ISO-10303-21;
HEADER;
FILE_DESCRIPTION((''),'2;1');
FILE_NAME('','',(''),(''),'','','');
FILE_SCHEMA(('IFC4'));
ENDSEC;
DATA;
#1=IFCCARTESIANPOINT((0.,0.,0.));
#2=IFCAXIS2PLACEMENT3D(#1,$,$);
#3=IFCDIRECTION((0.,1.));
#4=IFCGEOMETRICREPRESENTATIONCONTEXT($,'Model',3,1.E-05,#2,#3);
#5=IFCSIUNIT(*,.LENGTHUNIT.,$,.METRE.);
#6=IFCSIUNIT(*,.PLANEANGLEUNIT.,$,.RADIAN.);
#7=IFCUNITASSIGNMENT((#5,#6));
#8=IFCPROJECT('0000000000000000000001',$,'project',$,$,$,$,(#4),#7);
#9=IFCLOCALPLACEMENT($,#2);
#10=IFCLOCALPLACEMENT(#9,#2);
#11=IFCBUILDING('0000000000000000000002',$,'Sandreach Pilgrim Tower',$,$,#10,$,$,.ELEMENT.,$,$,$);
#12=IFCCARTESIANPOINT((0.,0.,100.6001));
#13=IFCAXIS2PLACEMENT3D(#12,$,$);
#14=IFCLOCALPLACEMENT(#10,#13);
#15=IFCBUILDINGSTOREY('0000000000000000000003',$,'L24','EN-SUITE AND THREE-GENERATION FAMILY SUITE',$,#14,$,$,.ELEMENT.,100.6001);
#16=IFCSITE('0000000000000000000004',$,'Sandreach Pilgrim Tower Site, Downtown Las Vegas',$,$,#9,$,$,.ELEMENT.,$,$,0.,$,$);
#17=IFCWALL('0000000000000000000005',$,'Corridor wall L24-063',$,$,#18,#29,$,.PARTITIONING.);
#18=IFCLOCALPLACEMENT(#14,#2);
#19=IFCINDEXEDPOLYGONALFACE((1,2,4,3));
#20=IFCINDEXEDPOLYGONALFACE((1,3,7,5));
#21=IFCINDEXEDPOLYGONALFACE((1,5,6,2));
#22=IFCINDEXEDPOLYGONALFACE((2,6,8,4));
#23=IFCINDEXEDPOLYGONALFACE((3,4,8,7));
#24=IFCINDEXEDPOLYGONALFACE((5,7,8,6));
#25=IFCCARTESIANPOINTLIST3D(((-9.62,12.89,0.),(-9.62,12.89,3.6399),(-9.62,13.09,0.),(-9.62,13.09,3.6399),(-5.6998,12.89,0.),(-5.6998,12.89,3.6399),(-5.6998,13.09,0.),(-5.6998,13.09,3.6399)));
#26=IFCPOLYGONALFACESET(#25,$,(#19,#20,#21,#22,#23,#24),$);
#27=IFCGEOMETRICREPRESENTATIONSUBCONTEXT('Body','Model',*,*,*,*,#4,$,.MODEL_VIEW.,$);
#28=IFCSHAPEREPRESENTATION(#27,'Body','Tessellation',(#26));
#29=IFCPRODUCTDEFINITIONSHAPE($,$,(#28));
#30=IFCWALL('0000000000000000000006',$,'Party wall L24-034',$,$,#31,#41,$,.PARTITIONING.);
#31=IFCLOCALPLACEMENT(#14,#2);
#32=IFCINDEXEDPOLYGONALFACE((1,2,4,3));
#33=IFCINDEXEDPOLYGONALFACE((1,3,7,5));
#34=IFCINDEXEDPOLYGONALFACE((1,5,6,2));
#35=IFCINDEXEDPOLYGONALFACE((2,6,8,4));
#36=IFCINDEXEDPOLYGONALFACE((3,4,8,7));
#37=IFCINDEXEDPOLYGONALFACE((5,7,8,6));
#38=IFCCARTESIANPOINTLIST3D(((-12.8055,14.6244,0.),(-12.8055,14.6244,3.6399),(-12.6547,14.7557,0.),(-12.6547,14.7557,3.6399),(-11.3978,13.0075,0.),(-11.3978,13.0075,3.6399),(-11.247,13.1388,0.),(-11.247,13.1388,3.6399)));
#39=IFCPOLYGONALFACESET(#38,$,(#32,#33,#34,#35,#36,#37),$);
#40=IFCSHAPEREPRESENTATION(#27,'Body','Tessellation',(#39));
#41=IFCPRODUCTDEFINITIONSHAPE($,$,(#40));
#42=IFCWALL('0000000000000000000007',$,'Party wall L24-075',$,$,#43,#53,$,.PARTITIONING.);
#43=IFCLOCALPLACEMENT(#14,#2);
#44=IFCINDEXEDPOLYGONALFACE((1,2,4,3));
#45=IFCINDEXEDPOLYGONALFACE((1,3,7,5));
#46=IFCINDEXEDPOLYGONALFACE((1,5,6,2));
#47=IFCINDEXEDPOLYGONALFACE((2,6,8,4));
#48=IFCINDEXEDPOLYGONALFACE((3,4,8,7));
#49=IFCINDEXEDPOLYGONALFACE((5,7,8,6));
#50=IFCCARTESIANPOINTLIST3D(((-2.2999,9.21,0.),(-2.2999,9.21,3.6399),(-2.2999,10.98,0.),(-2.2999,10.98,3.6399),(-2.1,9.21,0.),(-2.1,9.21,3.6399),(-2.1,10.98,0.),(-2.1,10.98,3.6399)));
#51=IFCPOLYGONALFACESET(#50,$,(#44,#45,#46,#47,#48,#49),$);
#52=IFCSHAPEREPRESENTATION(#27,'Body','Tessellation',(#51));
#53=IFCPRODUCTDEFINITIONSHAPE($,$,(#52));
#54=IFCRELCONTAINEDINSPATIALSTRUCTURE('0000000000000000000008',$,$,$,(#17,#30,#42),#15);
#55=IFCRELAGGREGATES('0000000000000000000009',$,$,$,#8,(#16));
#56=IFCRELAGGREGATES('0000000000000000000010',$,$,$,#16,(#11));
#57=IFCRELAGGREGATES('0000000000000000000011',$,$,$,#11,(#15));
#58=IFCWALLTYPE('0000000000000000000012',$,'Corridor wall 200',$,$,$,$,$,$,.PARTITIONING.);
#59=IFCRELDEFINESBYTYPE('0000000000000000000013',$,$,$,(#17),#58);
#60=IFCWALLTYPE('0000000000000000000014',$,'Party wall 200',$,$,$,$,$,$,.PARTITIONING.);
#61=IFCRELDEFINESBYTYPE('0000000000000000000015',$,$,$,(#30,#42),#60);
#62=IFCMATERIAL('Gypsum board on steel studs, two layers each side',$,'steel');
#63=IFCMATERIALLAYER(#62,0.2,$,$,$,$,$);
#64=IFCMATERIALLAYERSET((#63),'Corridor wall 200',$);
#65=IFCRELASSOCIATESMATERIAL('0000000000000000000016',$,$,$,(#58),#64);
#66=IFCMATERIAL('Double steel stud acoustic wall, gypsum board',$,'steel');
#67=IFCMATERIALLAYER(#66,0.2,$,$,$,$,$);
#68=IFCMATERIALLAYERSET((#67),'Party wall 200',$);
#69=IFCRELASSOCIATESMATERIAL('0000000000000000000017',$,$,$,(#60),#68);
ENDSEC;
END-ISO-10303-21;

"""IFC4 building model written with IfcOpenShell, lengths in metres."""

from ifc_helpers import new_model, si_unit, direction, frame, frame_2d, origin, place, context, subcontext, project, spatial, rectangle, extrude, material, layer, layer_set, type_object, element, save


model = new_model("IFC4")

# Units and contexts
model_context = context("Model", 3, precision=1e-05, world=origin(), true_north=direction((0.0, 1.0)))
body_context = subcontext(model_context, "Body", "Model", "MODEL_VIEW")
ifc_project = project(units=[si_unit("LENGTHUNIT", "METRE"), si_unit("PLANEANGLEUNIT", "RADIAN")], contexts=[model_context])

# Site, building, storey
site_placement = place(None, origin())
site = spatial("IfcSite", under=ifc_project, at=site_placement, Name="Sandreach Pilgrim Tower Site, Downtown Las Vegas", CompositionType="ELEMENT", RefElevation=0.0)
building_placement = place(site_placement, origin())
building = spatial("IfcBuilding", under=site, at=building_placement, Name="Sandreach Pilgrim Tower", CompositionType="ELEMENT")
storey_placement = place(building_placement, frame((0.0, 0.0, 100.6001)))
storey = spatial("IfcBuildingStorey", under=building, at=storey_placement, Name="L24", Description="EN-SUITE AND THREE-GENERATION FAMILY SUITE", CompositionType="ELEMENT", Elevation=100.6001)

# Shared definitions
ifc_material_1 = material(Name="Gypsum board on steel studs, two layers each side", Category="steel")
ifc_layer_1 = layer(ifc_material_1, 0.2)
ifc_layer_set_1 = layer_set([ifc_layer_1], Name="Corridor wall 200")
wall_type_1 = type_object("IfcWallType", Name="Corridor wall 200", PredefinedType="PARTITIONING", material=ifc_layer_set_1)

# Wall
wall_1_placement = place(storey_placement, frame((-5.7, 12.99, 0.0), z_axis=(0.0, 0.0, 1.0), x_axis=(-1.0, 0.0, 0.0)))
element("IfcWall", 1, at=wall_1_placement, inside=storey, type_object=wall_type_1, Name="Corridor wall L24-063", PredefinedType="PARTITIONING", context=body_context, shape_type="SweptSolid", body=[
    extrude(rectangle(XDim=3.9202, YDim=0.2, at=frame_2d((1.96, 0.0))), origin(), (0.0, 0.0, 1.0), 3.6399),
])

# Walls
ifc_material_2 = material(Name="Double steel stud acoustic wall, gypsum board", Category="steel")
ifc_layer_2 = layer(ifc_material_2, 0.2)
ifc_layer_set_2 = layer_set([ifc_layer_2], Name="Party wall 200")
wall_type_2 = type_object("IfcWallType", Name="Party wall 200", PredefinedType="PARTITIONING", material=ifc_layer_set_2)
wall_2_placement = place(storey_placement, frame((-12.73, 14.6899, 0.0), z_axis=(0.0, 0.0, 1.0), x_axis=(0.656624, -0.754218, 0.0)))
element("IfcWall", 2, at=wall_2_placement, inside=storey, type_object=wall_type_2, Name="Party wall L24-034", PredefinedType="PARTITIONING", context=body_context, shape_type="SweptSolid", body=[
    extrude(rectangle(XDim=2.1438, YDim=0.2, at=frame_2d((1.0718, 0.0))), origin(), (0.0, 0.0, 1.0), 3.6399),
])
wall_3_placement = place(storey_placement, frame((-2.2, 10.98, 0.0), z_axis=(0.0, 0.0, 1.0), x_axis=(0.0, -1.0, 0.0)))
element("IfcWall", 3, at=wall_3_placement, inside=storey, type_object=wall_type_2, Name="Party wall L24-075", PredefinedType="PARTITIONING", context=body_context, shape_type="SweptSolid", body=[
    extrude(rectangle(XDim=1.77, YDim=0.2, at=frame_2d((0.885, 0.0))), origin(), (0.0, 0.0, 1.0), 3.6399),
])

save(model, "model.ifc")
